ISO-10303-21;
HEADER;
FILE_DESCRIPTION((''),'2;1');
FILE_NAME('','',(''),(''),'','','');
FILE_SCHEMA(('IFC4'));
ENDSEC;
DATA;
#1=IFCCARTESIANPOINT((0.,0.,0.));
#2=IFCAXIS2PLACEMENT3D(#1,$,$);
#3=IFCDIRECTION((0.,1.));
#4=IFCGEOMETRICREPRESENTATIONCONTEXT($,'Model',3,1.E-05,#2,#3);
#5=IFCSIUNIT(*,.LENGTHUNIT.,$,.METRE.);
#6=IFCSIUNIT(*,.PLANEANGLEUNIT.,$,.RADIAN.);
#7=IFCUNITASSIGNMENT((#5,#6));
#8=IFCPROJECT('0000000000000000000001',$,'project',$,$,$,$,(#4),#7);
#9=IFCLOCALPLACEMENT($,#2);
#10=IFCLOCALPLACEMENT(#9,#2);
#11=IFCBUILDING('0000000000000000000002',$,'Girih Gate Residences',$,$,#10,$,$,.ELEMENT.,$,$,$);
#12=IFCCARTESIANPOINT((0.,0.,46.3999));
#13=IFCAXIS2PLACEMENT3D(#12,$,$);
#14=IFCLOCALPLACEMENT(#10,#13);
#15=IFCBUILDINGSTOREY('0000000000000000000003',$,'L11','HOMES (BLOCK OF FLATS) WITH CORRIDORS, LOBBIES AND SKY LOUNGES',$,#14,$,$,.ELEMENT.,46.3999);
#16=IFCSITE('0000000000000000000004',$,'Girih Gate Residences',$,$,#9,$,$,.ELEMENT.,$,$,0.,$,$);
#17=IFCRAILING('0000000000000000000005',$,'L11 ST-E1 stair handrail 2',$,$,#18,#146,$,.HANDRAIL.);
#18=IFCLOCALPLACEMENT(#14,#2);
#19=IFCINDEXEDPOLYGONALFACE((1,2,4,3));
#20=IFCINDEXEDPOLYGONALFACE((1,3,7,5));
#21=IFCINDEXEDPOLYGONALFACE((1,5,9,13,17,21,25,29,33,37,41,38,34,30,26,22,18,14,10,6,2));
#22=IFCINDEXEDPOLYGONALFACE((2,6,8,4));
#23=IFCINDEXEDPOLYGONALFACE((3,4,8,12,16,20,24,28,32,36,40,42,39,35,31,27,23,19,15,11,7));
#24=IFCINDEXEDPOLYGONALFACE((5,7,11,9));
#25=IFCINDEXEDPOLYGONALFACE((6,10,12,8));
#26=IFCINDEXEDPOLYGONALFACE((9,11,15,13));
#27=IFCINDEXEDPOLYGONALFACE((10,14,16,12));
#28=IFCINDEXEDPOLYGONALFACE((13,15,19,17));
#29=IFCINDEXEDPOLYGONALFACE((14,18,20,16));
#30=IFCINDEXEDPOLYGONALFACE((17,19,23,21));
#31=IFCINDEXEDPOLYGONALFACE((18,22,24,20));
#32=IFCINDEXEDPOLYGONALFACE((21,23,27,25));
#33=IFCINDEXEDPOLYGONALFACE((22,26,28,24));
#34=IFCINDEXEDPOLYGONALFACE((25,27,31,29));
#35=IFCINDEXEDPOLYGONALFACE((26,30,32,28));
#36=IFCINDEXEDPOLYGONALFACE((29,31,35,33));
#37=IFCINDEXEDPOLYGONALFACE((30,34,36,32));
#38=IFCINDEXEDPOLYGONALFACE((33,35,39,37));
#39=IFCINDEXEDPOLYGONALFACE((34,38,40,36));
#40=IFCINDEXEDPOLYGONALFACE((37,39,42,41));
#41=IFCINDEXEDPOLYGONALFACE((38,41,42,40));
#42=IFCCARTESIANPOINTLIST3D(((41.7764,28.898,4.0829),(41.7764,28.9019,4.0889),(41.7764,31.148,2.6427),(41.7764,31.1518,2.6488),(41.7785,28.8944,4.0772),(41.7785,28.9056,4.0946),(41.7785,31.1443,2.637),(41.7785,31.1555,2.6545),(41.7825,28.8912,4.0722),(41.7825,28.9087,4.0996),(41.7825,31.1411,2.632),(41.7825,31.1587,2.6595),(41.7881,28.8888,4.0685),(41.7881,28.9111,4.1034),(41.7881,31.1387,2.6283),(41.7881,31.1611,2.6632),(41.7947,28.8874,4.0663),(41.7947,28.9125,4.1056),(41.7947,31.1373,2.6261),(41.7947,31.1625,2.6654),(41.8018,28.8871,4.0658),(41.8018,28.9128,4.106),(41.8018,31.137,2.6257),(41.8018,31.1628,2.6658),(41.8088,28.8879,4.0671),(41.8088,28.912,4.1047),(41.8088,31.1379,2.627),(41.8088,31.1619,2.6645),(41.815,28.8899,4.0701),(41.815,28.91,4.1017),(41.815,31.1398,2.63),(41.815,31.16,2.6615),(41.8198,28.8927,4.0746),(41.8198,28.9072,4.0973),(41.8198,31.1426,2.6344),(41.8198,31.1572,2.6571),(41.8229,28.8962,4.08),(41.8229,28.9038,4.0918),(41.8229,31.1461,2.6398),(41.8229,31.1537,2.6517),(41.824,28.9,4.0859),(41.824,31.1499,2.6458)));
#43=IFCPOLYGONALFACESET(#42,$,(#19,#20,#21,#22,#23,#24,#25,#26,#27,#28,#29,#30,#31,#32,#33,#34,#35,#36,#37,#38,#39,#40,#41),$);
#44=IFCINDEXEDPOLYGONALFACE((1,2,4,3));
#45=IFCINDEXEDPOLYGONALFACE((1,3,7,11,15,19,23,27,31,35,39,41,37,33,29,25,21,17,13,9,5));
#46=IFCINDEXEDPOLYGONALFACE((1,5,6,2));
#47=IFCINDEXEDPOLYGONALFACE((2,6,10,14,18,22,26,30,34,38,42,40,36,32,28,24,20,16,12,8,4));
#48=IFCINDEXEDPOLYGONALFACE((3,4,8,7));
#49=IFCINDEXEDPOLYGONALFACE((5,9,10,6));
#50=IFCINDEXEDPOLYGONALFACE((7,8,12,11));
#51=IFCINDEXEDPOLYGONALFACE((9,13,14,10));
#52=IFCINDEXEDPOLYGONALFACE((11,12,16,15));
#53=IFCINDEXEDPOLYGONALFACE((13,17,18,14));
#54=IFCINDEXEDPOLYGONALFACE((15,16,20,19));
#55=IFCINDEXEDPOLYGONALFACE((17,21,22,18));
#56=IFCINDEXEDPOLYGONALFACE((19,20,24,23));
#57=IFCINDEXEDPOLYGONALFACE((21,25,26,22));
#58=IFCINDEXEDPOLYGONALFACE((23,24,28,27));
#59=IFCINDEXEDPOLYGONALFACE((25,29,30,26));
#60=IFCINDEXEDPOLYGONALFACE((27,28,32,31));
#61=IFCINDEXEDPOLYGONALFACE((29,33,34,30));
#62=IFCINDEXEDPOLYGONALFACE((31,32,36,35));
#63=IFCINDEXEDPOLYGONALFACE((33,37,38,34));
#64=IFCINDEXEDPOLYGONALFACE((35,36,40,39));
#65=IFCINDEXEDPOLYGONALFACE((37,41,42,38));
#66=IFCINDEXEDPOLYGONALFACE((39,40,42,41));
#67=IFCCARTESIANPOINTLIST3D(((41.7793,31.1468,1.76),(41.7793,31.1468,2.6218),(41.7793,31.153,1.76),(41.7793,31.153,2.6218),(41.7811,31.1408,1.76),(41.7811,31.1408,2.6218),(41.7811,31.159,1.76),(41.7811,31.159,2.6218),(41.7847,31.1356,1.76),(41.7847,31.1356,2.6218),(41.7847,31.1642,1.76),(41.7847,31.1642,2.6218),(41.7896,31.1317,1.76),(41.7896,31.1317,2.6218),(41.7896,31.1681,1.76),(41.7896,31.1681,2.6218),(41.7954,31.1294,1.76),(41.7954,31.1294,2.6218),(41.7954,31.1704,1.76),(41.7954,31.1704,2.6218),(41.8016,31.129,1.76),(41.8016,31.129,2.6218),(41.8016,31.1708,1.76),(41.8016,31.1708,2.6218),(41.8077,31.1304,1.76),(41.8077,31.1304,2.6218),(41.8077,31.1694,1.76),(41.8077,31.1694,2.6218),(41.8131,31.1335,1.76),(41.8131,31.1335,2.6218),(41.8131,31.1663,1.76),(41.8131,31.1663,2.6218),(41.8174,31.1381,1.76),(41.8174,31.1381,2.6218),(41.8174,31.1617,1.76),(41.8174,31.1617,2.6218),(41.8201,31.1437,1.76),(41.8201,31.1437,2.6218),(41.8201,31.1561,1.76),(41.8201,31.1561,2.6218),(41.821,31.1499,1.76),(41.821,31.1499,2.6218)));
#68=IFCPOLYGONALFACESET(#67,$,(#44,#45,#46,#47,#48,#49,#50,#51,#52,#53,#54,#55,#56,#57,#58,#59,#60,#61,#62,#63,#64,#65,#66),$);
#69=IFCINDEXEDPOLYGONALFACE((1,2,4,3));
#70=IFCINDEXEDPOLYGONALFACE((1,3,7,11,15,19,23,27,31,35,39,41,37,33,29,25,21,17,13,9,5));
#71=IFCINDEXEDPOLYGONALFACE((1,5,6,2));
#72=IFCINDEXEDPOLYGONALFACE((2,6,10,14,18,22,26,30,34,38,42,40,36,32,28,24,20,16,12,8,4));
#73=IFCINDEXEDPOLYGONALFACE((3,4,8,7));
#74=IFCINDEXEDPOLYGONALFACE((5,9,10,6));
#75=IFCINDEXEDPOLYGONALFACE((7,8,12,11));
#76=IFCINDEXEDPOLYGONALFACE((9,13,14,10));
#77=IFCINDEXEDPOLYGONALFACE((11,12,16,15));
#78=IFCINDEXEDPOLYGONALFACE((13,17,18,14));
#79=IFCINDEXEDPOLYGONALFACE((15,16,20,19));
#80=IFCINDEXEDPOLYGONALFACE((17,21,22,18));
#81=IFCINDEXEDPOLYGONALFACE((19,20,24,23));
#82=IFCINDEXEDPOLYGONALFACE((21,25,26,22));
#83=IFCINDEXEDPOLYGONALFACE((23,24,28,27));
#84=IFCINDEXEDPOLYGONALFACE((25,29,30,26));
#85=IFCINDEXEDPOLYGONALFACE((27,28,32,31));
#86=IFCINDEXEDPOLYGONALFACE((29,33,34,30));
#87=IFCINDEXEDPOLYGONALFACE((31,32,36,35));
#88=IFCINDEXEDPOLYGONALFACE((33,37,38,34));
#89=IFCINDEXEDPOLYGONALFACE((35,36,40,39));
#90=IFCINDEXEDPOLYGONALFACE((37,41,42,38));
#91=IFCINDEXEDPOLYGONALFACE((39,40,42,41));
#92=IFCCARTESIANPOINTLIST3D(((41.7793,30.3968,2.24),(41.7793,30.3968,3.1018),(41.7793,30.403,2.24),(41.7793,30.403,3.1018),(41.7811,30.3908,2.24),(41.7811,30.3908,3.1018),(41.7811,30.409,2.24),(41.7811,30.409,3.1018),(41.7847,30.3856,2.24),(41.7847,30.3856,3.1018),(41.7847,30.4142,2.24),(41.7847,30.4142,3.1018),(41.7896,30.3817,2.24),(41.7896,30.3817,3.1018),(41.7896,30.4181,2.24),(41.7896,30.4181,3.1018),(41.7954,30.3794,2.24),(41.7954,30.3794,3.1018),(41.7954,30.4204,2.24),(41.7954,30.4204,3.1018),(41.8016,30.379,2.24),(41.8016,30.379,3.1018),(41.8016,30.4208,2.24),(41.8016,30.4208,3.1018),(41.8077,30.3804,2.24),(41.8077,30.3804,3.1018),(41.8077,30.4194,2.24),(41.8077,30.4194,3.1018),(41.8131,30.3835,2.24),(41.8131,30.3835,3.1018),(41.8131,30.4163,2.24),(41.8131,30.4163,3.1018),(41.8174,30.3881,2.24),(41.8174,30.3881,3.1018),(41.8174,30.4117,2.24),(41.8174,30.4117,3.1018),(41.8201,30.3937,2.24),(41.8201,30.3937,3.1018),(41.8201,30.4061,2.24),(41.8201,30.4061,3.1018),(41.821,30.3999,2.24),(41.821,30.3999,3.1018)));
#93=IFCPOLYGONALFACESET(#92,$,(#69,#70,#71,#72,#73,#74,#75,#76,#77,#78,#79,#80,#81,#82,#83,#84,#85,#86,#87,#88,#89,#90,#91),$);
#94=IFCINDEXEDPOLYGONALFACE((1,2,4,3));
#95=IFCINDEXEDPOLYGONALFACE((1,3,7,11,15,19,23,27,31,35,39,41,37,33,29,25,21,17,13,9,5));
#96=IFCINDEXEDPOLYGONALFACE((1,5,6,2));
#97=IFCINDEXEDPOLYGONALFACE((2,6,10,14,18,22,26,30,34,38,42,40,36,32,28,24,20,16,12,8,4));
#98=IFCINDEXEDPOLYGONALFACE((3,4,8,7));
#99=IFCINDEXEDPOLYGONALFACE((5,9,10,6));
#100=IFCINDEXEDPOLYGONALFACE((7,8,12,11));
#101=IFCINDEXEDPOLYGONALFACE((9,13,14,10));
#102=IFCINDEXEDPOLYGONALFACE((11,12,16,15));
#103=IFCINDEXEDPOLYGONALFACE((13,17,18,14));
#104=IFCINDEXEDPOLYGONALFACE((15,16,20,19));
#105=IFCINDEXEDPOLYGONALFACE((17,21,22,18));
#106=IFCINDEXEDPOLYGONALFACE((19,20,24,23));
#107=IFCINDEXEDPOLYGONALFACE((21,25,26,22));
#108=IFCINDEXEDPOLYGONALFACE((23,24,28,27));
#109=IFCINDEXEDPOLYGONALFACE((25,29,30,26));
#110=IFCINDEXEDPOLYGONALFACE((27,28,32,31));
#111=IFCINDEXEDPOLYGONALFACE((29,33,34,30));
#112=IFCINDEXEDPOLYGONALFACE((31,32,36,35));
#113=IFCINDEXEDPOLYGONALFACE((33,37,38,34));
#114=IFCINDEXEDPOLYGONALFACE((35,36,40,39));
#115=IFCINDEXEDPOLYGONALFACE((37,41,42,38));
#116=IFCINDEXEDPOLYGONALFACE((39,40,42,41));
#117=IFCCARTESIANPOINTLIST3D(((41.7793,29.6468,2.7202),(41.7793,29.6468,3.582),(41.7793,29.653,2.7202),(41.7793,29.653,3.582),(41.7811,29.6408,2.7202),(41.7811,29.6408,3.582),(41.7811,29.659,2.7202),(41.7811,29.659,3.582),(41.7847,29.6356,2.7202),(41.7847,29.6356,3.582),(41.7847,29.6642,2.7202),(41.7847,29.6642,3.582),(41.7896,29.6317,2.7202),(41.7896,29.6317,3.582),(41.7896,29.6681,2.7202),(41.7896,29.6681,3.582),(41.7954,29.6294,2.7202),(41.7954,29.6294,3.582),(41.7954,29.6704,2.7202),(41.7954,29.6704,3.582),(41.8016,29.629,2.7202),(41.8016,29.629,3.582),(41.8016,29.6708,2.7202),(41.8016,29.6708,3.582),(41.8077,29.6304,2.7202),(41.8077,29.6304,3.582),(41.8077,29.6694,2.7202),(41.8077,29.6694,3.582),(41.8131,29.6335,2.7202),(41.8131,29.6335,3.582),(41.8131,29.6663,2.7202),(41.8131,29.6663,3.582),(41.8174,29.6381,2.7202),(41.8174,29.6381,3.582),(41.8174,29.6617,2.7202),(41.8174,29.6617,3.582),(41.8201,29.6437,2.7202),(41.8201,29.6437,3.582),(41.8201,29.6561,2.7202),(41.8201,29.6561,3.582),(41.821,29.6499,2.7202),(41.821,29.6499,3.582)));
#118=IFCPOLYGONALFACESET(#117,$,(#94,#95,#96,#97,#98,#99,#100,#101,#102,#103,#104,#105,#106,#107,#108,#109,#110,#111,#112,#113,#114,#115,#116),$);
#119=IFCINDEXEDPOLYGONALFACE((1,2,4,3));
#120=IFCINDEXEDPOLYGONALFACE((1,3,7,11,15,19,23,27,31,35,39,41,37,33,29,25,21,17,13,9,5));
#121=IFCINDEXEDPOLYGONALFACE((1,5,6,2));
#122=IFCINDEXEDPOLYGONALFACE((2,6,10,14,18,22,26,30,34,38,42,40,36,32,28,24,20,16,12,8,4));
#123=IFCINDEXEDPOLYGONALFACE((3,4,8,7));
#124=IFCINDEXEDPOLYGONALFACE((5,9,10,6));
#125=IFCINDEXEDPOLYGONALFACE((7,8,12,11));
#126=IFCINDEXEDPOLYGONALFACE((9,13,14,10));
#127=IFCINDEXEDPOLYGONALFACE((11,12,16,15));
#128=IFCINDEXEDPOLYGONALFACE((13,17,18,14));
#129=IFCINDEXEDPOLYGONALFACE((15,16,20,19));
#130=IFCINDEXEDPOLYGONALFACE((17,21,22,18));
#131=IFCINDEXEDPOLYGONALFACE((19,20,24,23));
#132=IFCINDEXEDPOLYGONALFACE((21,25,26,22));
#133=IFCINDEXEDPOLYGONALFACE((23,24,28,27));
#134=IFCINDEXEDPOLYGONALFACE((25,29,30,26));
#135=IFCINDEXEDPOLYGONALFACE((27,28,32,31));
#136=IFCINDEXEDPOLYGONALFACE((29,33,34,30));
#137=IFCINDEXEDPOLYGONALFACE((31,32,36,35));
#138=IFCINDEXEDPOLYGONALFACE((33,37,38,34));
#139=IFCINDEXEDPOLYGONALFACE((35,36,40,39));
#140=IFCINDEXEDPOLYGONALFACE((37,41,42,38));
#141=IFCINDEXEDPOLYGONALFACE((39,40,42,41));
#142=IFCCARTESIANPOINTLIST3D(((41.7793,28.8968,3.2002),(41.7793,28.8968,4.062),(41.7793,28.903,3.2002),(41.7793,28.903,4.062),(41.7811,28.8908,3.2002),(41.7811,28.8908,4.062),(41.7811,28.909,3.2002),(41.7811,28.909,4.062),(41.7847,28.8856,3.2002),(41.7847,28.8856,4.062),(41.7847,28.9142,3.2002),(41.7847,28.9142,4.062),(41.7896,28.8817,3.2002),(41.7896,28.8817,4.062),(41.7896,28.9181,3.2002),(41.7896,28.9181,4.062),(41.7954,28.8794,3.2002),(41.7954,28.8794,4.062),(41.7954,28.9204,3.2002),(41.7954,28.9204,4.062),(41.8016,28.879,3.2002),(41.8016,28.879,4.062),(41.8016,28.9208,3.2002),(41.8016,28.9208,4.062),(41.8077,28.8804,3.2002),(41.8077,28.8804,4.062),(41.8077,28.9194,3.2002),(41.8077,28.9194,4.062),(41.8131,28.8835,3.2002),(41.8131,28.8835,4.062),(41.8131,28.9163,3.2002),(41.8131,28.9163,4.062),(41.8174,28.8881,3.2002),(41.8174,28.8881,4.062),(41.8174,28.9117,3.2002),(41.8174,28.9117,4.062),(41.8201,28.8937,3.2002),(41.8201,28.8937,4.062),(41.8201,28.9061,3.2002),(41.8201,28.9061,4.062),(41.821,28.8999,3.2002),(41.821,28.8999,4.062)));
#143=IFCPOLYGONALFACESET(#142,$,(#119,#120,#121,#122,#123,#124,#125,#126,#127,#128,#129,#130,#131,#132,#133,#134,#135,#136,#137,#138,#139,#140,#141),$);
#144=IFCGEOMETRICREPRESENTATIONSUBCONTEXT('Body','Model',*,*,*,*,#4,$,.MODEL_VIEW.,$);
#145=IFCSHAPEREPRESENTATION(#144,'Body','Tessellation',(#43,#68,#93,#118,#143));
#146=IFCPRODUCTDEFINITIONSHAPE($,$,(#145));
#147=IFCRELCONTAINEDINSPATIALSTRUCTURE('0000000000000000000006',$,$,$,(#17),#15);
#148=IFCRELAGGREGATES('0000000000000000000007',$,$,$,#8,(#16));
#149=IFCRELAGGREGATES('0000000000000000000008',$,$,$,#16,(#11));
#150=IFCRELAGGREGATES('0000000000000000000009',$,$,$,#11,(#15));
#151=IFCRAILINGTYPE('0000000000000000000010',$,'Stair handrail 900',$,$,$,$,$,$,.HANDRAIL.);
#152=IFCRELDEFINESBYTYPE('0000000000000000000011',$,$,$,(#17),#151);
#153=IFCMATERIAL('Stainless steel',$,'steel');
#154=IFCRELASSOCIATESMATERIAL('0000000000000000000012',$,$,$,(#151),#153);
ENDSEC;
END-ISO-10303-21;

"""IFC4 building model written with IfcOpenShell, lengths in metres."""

from ifc_helpers import new_model, si_unit, direction, frame, origin, origin_2d, place, context, subcontext, project, spatial, circle, extrude, material, type_object, element, save


model = new_model("IFC4")

# Units and contexts
model_context = context("Model", 3, precision=1e-05, world=origin(), true_north=direction((0.0, 1.0)))
body_context = subcontext(model_context, "Body", "Model", "MODEL_VIEW")
ifc_project = project(units=[si_unit("LENGTHUNIT", "METRE"), si_unit("PLANEANGLEUNIT", "RADIAN")], contexts=[model_context])

# Site, building, storey
site_placement = place(None, origin())
site = spatial("IfcSite", under=ifc_project, at=site_placement, Name="Girih Gate Residences", CompositionType="ELEMENT", RefElevation=0.0)
building_placement = place(site_placement, origin())
building = spatial("IfcBuilding", under=site, at=building_placement, Name="Girih Gate Residences", CompositionType="ELEMENT")
storey_placement = place(building_placement, frame((0.0, 0.0, 46.3999)))
storey = spatial("IfcBuildingStorey", under=building, at=storey_placement, Name="L11", Description="HOMES (BLOCK OF FLATS) WITH CORRIDORS, LOBBIES AND SKY LOUNGES", CompositionType="ELEMENT", Elevation=46.3999)

# Railing
ifc_material_1 = material(Name="Stainless steel", Category="steel")
railing_type_1 = type_object("IfcRailingType", Name="Stair handrail 900", PredefinedType="HANDRAIL", material=ifc_material_1)
railing_1_placement = place(storey_placement, frame((41.8, 31.1499, 1.76)))
element("IfcRailing", 1, at=railing_1_placement, inside=storey, type_object=railing_type_1, Name="L11 ST-E1 stair handrail 2", PredefinedType="HANDRAIL", context=body_context, shape_type="SweptSolid", body=[
    extrude(circle(Radius=0.0239, at=origin_2d()), frame((0.0, 0.0, 0.8857), z_axis=(0.0, -0.84224, 0.539103), x_axis=(1.0, 0.0, 0.0)), (0.0, 0.0, 1.0), 2.6714),
    extrude(circle(Radius=0.021, at=origin_2d()), origin(), (0.0, 0.0, 1.0), 0.8618),
    extrude(circle(Radius=0.021, at=origin_2d()), frame((0.0, -0.75, 0.48)), (0.0, 0.0, 1.0), 0.8618),
    extrude(circle(Radius=0.021, at=origin_2d()), frame((0.0, -1.5, 0.9602)), (0.0, 0.0, 1.0), 0.8618),
    extrude(circle(Radius=0.021, at=origin_2d()), frame((0.0, -2.25, 1.4402)), (0.0, 0.0, 1.0), 0.8618),
])

save(model, "model.ifc")
